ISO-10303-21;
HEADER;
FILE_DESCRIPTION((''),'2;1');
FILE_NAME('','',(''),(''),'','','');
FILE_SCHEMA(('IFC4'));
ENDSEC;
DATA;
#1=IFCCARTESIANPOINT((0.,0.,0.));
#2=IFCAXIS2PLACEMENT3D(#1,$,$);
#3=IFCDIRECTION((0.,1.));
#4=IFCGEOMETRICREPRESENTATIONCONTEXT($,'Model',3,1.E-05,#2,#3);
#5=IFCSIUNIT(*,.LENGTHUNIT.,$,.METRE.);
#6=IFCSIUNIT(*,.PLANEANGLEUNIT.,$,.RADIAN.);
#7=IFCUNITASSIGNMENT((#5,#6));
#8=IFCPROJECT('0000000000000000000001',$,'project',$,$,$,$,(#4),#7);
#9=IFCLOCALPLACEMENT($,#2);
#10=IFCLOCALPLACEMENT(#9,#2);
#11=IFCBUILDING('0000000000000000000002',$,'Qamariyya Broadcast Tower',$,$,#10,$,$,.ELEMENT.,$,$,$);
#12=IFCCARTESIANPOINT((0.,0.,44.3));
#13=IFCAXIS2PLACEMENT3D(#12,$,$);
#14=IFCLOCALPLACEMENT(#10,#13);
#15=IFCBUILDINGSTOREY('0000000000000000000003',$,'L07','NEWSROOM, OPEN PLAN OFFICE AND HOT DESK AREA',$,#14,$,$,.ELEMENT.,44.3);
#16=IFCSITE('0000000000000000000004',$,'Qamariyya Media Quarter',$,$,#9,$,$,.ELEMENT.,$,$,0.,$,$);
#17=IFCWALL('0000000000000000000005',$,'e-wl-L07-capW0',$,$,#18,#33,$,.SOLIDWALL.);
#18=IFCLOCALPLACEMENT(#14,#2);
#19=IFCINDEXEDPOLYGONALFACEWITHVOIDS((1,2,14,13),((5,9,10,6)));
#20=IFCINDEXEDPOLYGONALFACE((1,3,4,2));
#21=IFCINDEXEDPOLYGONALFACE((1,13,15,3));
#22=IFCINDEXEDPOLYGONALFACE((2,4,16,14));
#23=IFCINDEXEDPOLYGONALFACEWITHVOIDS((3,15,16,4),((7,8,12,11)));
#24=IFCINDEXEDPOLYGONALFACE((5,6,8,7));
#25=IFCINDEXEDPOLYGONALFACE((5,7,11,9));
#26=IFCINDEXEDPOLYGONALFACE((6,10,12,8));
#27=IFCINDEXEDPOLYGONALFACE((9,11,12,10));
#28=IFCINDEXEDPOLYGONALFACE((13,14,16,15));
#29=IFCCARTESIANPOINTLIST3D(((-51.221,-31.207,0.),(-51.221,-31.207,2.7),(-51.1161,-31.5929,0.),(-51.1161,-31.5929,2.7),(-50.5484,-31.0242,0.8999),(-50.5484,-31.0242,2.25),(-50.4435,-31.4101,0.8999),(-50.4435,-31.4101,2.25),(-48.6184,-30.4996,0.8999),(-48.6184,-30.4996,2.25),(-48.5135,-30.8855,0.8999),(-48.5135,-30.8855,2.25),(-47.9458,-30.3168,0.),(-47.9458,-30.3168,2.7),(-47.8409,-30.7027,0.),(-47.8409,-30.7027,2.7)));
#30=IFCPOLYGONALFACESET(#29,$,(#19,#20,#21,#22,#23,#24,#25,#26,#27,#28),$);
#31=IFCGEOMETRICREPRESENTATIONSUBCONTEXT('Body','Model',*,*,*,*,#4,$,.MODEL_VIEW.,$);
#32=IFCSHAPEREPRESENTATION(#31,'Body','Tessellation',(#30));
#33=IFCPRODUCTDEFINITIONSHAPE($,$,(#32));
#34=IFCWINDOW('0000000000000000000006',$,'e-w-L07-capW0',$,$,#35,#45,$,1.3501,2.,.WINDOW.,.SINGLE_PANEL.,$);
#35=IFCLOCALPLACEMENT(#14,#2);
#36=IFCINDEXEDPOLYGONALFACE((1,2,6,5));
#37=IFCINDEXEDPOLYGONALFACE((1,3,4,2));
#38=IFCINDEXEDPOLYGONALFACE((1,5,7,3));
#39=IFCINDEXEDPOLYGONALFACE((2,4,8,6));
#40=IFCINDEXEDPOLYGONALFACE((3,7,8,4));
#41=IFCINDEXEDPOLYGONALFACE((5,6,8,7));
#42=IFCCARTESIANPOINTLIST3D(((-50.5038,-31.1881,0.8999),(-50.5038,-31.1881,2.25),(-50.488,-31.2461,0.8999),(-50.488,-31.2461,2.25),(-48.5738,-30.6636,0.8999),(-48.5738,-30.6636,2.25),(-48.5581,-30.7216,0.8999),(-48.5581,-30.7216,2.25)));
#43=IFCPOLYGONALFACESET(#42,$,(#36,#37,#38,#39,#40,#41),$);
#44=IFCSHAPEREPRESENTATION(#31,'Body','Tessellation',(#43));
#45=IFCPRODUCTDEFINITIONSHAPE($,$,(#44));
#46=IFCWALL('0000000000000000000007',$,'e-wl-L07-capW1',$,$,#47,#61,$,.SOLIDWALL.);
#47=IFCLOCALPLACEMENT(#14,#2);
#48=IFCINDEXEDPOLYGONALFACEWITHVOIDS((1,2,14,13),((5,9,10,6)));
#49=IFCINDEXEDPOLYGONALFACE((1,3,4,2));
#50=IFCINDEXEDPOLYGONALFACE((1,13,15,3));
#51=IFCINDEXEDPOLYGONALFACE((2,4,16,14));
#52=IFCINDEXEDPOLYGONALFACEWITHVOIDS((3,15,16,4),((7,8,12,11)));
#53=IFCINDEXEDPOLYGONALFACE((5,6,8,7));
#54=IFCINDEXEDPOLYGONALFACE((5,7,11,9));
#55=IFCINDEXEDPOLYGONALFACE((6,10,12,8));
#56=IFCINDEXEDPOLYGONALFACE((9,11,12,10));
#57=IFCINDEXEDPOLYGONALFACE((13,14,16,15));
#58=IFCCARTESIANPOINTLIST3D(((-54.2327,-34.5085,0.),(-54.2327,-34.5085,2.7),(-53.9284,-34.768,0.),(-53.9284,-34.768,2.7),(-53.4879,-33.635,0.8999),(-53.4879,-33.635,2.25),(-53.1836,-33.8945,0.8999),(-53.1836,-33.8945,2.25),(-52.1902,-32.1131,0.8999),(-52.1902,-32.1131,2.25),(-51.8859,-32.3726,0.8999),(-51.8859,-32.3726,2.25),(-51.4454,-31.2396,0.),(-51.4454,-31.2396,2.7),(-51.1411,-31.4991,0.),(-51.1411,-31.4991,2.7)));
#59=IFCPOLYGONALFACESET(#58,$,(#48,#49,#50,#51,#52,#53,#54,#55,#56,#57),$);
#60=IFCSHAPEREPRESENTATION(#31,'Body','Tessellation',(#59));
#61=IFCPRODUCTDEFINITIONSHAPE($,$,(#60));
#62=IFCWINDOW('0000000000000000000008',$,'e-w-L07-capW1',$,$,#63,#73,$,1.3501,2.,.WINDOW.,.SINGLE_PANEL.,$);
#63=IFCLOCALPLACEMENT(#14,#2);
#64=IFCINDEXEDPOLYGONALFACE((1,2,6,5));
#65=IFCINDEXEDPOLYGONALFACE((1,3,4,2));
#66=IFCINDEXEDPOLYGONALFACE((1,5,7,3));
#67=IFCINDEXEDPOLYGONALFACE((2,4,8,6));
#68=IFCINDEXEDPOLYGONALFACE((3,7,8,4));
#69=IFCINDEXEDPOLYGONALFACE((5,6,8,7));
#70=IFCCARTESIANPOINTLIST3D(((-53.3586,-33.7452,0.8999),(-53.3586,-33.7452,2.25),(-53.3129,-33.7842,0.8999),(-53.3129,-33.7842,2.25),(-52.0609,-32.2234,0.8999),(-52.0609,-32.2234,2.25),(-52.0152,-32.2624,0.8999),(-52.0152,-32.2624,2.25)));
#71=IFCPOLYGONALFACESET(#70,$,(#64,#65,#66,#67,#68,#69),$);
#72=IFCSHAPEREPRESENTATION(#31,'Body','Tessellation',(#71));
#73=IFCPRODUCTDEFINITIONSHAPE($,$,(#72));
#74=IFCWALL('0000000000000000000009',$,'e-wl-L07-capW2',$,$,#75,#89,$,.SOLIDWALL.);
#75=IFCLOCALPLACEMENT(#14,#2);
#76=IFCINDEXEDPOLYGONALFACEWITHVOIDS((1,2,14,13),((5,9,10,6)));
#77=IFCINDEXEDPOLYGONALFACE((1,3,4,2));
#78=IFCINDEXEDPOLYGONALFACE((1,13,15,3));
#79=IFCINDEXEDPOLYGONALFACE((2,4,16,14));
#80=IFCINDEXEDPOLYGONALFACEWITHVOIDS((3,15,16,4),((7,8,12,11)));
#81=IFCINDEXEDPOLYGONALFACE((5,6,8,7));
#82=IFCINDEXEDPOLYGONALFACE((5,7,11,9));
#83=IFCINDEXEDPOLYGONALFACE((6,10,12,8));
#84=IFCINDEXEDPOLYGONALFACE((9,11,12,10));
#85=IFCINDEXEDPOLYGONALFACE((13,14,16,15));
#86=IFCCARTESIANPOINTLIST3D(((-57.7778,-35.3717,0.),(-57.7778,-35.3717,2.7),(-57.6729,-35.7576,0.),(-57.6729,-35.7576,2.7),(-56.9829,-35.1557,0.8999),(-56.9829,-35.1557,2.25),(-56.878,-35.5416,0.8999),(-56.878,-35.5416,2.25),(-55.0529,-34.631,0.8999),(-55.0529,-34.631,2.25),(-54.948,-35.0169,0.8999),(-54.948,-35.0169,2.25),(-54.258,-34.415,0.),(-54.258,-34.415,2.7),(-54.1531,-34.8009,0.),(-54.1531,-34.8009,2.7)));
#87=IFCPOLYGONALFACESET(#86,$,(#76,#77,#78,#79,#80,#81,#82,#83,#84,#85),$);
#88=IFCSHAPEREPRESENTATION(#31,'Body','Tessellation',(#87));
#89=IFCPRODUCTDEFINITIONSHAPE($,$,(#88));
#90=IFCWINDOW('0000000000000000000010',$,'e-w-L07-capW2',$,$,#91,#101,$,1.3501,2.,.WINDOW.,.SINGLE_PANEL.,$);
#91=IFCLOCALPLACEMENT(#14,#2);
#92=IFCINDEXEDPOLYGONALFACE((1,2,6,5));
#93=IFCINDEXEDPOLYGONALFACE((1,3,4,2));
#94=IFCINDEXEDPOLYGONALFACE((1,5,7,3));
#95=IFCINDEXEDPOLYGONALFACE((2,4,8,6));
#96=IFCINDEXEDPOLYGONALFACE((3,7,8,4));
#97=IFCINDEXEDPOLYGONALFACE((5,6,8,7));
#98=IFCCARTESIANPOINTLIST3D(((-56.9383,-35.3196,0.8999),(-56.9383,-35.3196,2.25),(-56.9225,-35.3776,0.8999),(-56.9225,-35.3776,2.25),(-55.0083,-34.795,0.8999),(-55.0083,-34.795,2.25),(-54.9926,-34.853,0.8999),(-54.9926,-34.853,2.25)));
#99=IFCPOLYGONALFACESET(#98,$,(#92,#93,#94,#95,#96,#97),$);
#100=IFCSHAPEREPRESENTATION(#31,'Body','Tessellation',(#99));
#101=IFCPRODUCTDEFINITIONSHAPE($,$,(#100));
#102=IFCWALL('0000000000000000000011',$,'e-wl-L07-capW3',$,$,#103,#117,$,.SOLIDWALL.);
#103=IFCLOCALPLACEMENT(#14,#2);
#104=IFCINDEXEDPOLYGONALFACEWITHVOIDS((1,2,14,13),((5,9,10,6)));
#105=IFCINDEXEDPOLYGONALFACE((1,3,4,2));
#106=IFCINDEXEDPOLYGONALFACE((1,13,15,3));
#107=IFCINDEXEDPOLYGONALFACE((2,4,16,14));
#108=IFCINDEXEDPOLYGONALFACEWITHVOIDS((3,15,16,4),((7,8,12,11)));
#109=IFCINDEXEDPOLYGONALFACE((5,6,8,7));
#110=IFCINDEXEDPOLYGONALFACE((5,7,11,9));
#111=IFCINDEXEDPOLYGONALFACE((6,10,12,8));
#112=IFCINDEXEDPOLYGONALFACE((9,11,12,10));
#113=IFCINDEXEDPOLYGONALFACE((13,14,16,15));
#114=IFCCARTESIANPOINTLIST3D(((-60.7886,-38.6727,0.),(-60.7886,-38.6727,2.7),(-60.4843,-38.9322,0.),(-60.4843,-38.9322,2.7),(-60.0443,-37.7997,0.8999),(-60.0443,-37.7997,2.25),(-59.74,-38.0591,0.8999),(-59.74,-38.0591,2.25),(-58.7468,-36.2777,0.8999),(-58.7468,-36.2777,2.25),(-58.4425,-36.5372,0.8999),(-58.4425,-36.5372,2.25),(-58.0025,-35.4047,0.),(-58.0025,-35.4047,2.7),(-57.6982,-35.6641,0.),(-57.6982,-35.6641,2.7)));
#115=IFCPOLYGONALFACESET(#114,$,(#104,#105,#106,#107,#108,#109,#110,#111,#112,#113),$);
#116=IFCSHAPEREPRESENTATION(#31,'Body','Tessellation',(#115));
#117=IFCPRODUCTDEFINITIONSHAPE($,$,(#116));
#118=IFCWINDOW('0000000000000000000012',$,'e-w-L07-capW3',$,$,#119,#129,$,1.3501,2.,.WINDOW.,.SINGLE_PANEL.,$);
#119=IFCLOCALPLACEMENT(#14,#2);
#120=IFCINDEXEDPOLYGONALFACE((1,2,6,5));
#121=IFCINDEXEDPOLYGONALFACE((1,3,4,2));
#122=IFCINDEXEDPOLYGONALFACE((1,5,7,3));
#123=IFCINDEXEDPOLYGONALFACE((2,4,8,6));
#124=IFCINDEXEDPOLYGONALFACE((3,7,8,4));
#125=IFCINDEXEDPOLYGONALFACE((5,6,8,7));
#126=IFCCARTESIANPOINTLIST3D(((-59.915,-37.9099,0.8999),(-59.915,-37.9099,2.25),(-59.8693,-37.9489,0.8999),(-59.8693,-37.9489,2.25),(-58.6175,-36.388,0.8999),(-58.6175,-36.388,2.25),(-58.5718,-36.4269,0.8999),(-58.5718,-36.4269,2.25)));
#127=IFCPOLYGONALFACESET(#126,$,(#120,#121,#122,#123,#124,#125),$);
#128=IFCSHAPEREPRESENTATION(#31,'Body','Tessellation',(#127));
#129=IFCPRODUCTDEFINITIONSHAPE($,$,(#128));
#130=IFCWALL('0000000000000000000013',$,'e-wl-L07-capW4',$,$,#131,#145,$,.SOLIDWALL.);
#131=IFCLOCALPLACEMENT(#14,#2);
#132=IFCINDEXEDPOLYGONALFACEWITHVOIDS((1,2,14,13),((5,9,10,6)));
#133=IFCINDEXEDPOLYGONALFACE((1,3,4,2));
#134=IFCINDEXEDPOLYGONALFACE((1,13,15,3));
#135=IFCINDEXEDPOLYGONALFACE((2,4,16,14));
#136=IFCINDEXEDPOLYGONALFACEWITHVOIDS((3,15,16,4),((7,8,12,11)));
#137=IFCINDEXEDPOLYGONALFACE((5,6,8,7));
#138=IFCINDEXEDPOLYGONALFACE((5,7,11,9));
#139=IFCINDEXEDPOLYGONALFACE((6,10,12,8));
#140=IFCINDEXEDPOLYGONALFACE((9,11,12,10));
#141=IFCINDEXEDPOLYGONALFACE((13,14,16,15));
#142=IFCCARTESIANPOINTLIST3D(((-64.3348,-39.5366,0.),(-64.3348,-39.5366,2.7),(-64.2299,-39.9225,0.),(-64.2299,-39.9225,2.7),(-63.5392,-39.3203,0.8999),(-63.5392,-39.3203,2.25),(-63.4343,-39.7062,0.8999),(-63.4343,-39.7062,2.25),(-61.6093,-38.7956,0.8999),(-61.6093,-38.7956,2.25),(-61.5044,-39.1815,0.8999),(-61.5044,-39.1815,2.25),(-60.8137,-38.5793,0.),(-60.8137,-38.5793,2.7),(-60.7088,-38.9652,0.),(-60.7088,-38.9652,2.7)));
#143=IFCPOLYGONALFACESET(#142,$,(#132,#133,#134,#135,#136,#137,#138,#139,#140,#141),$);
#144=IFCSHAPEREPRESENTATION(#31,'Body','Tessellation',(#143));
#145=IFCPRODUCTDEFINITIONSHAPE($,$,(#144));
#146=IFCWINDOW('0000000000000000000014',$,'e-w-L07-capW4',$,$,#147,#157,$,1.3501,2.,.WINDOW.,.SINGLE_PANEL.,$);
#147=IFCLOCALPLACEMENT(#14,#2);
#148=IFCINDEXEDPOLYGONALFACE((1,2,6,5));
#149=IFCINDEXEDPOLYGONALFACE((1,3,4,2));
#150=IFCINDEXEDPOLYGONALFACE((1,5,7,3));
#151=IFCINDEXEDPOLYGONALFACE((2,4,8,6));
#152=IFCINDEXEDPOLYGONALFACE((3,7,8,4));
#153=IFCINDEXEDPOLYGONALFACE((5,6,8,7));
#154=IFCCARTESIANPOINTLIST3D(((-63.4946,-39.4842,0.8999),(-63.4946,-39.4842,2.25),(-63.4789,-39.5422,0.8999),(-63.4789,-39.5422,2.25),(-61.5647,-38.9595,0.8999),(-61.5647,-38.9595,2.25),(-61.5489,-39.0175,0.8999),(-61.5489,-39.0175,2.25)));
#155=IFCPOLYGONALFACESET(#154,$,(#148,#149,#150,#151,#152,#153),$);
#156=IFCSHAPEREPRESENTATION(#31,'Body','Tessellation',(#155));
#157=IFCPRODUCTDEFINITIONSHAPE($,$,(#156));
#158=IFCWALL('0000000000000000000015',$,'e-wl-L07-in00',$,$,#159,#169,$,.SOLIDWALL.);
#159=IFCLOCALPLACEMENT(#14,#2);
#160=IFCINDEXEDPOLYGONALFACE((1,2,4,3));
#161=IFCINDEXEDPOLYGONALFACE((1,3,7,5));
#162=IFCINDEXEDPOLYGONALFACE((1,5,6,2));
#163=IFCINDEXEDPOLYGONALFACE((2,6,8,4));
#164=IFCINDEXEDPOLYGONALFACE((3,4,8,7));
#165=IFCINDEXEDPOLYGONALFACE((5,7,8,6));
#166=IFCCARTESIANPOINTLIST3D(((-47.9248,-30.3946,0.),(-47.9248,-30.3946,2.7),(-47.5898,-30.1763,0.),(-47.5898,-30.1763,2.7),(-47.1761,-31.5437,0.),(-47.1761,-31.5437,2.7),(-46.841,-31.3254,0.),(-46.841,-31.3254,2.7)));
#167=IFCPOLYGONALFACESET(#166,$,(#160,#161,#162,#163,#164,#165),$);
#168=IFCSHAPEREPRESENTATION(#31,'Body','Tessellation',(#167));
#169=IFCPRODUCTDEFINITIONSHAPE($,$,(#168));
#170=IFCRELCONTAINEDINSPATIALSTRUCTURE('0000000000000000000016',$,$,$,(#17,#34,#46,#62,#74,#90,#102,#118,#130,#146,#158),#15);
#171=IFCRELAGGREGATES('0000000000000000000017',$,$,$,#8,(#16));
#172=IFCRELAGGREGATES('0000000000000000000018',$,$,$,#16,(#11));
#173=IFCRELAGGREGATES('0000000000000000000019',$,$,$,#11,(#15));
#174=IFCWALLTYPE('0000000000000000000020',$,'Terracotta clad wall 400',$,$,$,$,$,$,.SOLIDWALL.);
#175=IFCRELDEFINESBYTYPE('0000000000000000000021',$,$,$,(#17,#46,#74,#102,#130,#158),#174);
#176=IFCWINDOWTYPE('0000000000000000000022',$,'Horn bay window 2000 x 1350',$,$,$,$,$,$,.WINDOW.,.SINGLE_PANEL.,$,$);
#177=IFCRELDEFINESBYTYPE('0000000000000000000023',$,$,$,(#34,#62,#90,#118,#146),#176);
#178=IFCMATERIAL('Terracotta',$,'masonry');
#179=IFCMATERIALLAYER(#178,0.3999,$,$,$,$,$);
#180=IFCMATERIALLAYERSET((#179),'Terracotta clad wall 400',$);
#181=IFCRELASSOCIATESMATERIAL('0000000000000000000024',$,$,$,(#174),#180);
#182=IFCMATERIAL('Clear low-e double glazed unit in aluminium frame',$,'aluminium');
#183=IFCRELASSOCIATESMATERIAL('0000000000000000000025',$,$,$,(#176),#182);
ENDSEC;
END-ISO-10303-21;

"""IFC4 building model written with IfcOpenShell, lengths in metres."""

from ifc_helpers import new_model, si_unit, direction, frame, frame_2d, origin, place, context, subcontext, project, spatial, rectangle, extrude, material, layer, layer_set, type_object, element, fill, save


model = new_model("IFC4")

# Units and contexts
model_context = context("Model", 3, precision=1e-05, world=origin(), true_north=direction((0.0, 1.0)))
body_context = subcontext(model_context, "Body", "Model", "MODEL_VIEW")
ifc_project = project(units=[si_unit("LENGTHUNIT", "METRE"), si_unit("PLANEANGLEUNIT", "RADIAN")], contexts=[model_context])

# Site, building, storey
site_placement = place(None, origin())
site = spatial("IfcSite", under=ifc_project, at=site_placement, Name="Qamariyya Media Quarter", CompositionType="ELEMENT", RefElevation=0.0)
building_placement = place(site_placement, origin())
building = spatial("IfcBuilding", under=site, at=building_placement, Name="Qamariyya Broadcast Tower", CompositionType="ELEMENT")
storey_placement = place(building_placement, frame((0.0, 0.0, 44.3)))
storey = spatial("IfcBuildingStorey", under=building, at=storey_placement, Name="L07", Description="NEWSROOM, OPEN PLAN OFFICE AND HOT DESK AREA", CompositionType="ELEMENT", Elevation=44.3)

# Walls, openings, windows
ifc_material_1 = material(Name="Terracotta", Category="masonry")
ifc_layer = layer(ifc_material_1, 0.3999)
ifc_layer_set = layer_set([ifc_layer], Name="Terracotta clad wall 400")
wall_type = type_object("IfcWallType", Name="Terracotta clad wall 400", PredefinedType="SOLIDWALL", material=ifc_layer_set)
wall_1_placement = place(storey_placement, frame((-47.8933, -30.5098, 0.0), z_axis=(0.0, 0.0, 1.0), x_axis=(-0.964994, -0.262271, 0.0)))
wall_1 = element("IfcWall", 1, at=wall_1_placement, inside=storey, type_object=wall_type, Name="e-wl-L07-capW0", PredefinedType="SOLIDWALL", context=body_context, shape_type="SweptSolid", body=[
    extrude(rectangle(XDim=3.394, YDim=0.3999, at=frame_2d((1.697, 0.0))), origin(), (0.0, 0.0, 1.0), 2.7),
])
opening_1_placement = place(wall_1_placement, frame((0.697, 0.0, 0.8999)))
opening_1 = element("IfcOpeningElement", 2, at=opening_1_placement, cuts=wall_1, PredefinedType="OPENING", context=body_context, shape_type="SweptSolid", body=[
    extrude(rectangle(XDim=2.0, YDim=1.3501, at=frame_2d((1.0, 0.675))), frame((0.0, 0.21, 0.0), z_axis=(0.0, -1.0, 0.0), x_axis=(1.0, 0.0, 0.0)), (0.0, 0.0, 1.0), 0.4199),
])
ifc_material_2 = material(Name="Clear low-e double glazed unit in aluminium frame", Category="aluminium")
window_type_1 = type_object("IfcWindowType", Name="Horn bay window 2000 x 1350", PartitioningType="SINGLE_PANEL", PredefinedType="WINDOW", material=ifc_material_2)
window_1_placement = place(opening_1_placement, origin())
window_1 = element("IfcWindow", 3, at=window_1_placement, inside=storey, type_object=window_type_1, Name="e-w-L07-capW0", OverallHeight=1.3501, OverallWidth=2.0, PartitioningType="SINGLE_PANEL", PredefinedType="WINDOW", context=body_context, shape_type="SweptSolid", body=[
    extrude(rectangle(XDim=2.0, YDim=1.3501, at=frame_2d((1.0, 0.675))), frame((0.0, 0.03, 0.0), z_axis=(0.0, -1.0, 0.0), x_axis=(1.0, 0.0, 0.0)), (0.0, 0.0, 1.0), 0.0601),
])
fill(opening_1, window_1)
wall_2_placement = place(storey_placement, frame((-51.2932, -31.3694, 0.0), z_axis=(0.0, 0.0, 1.0), x_axis=(-0.648847, -0.760919, 0.0)))
wall_2 = element("IfcWall", 4, at=wall_2_placement, inside=storey, type_object=wall_type, Name="e-wl-L07-capW1", PredefinedType="SOLIDWALL", context=body_context, shape_type="SweptSolid", body=[
    extrude(rectangle(XDim=4.2959, YDim=0.3999, at=frame_2d((2.1479, 0.0))), origin(), (0.0, 0.0, 1.0), 2.7),
])
opening_2_placement = place(wall_2_placement, frame((1.1479, 0.0, 0.8999)))
opening_2 = element("IfcOpeningElement", 5, at=opening_2_placement, cuts=wall_2, PredefinedType="OPENING", context=body_context, shape_type="SweptSolid", body=[
    extrude(rectangle(XDim=2.0, YDim=1.3501, at=frame_2d((1.0, 0.675))), frame((0.0, 0.21, 0.0), z_axis=(0.0, -1.0, 0.0), x_axis=(1.0, 0.0, 0.0)), (0.0, 0.0, 1.0), 0.4199),
])
window_2_placement = place(opening_2_placement, origin())
window_2 = element("IfcWindow", 6, at=window_2_placement, inside=storey, type_object=window_type_1, Name="e-w-L07-capW1", OverallHeight=1.3501, OverallWidth=2.0, PartitioningType="SINGLE_PANEL", PredefinedType="WINDOW", context=body_context, shape_type="SweptSolid", body=[
    extrude(rectangle(XDim=2.0, YDim=1.3501, at=frame_2d((1.0, 0.675))), frame((0.0, 0.03, 0.0), z_axis=(0.0, -1.0, 0.0), x_axis=(1.0, 0.0, 0.0)), (0.0, 0.0, 1.0), 0.0601),
])
fill(opening_2, window_2)
wall_3_placement = place(storey_placement, frame((-54.2056, -34.6079, 0.0), z_axis=(0.0, 0.0, 1.0), x_axis=(-0.964983, -0.262313, 0.0)))
wall_3 = element("IfcWall", 7, at=wall_3_placement, inside=storey, type_object=wall_type, Name="e-wl-L07-capW2", PredefinedType="SOLIDWALL", context=body_context, shape_type="SweptSolid", body=[
    extrude(rectangle(XDim=3.6475, YDim=0.3999, at=frame_2d((1.8237, 0.0))), origin(), (0.0, 0.0, 1.0), 2.7),
])
opening_3_placement = place(wall_3_placement, frame((0.8237, 0.0, 0.8999)))
opening_3 = element("IfcOpeningElement", 8, at=opening_3_placement, cuts=wall_3, PredefinedType="OPENING", context=body_context, shape_type="SweptSolid", body=[
    extrude(rectangle(XDim=2.0, YDim=1.3501, at=frame_2d((1.0, 0.675))), frame((0.0, 0.21, 0.0), z_axis=(0.0, -1.0, 0.0), x_axis=(1.0, 0.0, 0.0)), (0.0, 0.0, 1.0), 0.4199),
])
window_3_placement = place(opening_3_placement, origin())
window_3 = element("IfcWindow", 9, at=window_3_placement, inside=storey, type_object=window_type_1, Name="e-w-L07-capW2", OverallHeight=1.3501, OverallWidth=2.0, PartitioningType="SINGLE_PANEL", PredefinedType="WINDOW", context=body_context, shape_type="SweptSolid", body=[
    extrude(rectangle(XDim=2.0, YDim=1.3501, at=frame_2d((1.0, 0.675))), frame((0.0, 0.03, 0.0), z_axis=(0.0, -1.0, 0.0), x_axis=(1.0, 0.0, 0.0)), (0.0, 0.0, 1.0), 0.0601),
])
fill(opening_3, window_3)
wall_4_placement = place(storey_placement, frame((-57.8503, -35.5344, 0.0), z_axis=(0.0, 0.0, 1.0), x_axis=(-0.648767, -0.760987, 0.0)))
wall_4 = element("IfcWall", 10, at=wall_4_placement, inside=storey, type_object=wall_type, Name="e-wl-L07-capW3", PredefinedType="SOLIDWALL", context=body_context, shape_type="SweptSolid", body=[
    extrude(rectangle(XDim=4.2944, YDim=0.3999, at=frame_2d((2.1472, 0.0))), origin(), (0.0, 0.0, 1.0), 2.7),
])
opening_4_placement = place(wall_4_placement, frame((1.1472, 0.0, 0.8999)))
opening_4 = element("IfcOpeningElement", 11, at=opening_4_placement, cuts=wall_4, PredefinedType="OPENING", context=body_context, shape_type="SweptSolid", body=[
    extrude(rectangle(XDim=2.0, YDim=1.3501, at=frame_2d((1.0, 0.675))), frame((0.0, 0.21, 0.0), z_axis=(0.0, -1.0, 0.0), x_axis=(1.0, 0.0, 0.0)), (0.0, 0.0, 1.0), 0.4199),
])
window_4_placement = place(opening_4_placement, origin())
window_4 = element("IfcWindow", 12, at=window_4_placement, inside=storey, type_object=window_type_1, Name="e-w-L07-capW3", OverallHeight=1.3501, OverallWidth=2.0, PartitioningType="SINGLE_PANEL", PredefinedType="WINDOW", context=body_context, shape_type="SweptSolid", body=[
    extrude(rectangle(XDim=2.0, YDim=1.3501, at=frame_2d((1.0, 0.675))), frame((0.0, 0.03, 0.0), z_axis=(0.0, -1.0, 0.0), x_axis=(1.0, 0.0, 0.0)), (0.0, 0.0, 1.0), 0.0601),
])
fill(opening_4, window_4)
wall_5_placement = place(storey_placement, frame((-60.7612, -38.7722, 0.0), z_axis=(0.0, 0.0, 1.0), x_axis=(-0.964972, -0.262353, 0.0)))
wall_5 = element("IfcWall", 13, at=wall_5_placement, inside=storey, type_object=wall_type, Name="e-wl-L07-capW4", PredefinedType="SOLIDWALL", context=body_context, shape_type="SweptSolid", body=[
    extrude(rectangle(XDim=3.6489, YDim=0.3999, at=frame_2d((1.8245, 0.0))), origin(), (0.0, 0.0, 1.0), 2.7),
])
opening_5_placement = place(wall_5_placement, frame((0.8245, 0.0, 0.8999)))
opening_5 = element("IfcOpeningElement", 14, at=opening_5_placement, cuts=wall_5, PredefinedType="OPENING", context=body_context, shape_type="SweptSolid", body=[
    extrude(rectangle(XDim=2.0, YDim=1.3501, at=frame_2d((1.0, 0.675))), frame((0.0, 0.21, 0.0), z_axis=(0.0, -1.0, 0.0), x_axis=(1.0, 0.0, 0.0)), (0.0, 0.0, 1.0), 0.4199),
])
window_5_placement = place(opening_5_placement, origin())
window_5 = element("IfcWindow", 15, at=window_5_placement, inside=storey, type_object=window_type_1, Name="e-w-L07-capW4", OverallHeight=1.3501, OverallWidth=2.0, PartitioningType="SINGLE_PANEL", PredefinedType="WINDOW", context=body_context, shape_type="SweptSolid", body=[
    extrude(rectangle(XDim=2.0, YDim=1.3501, at=frame_2d((1.0, 0.675))), frame((0.0, 0.03, 0.0), z_axis=(0.0, -1.0, 0.0), x_axis=(1.0, 0.0, 0.0)), (0.0, 0.0, 1.0), 0.0601),
])
fill(opening_5, window_5)

# Wall
wall_6_placement = place(storey_placement, frame((-47.0085, -31.4346, 0.0), z_axis=(0.0, 0.0, 1.0), x_axis=(-0.54592, 0.837837, 0.0)))
element("IfcWall", 16, at=wall_6_placement, inside=storey, type_object=wall_type, Name="e-wl-L07-in00", PredefinedType="SOLIDWALL", context=body_context, shape_type="SweptSolid", body=[
    extrude(rectangle(XDim=1.3716, YDim=0.3999, at=frame_2d((0.6858, 0.0))), origin(), (0.0, 0.0, 1.0), 2.7),
])

save(model, "model.ifc")
